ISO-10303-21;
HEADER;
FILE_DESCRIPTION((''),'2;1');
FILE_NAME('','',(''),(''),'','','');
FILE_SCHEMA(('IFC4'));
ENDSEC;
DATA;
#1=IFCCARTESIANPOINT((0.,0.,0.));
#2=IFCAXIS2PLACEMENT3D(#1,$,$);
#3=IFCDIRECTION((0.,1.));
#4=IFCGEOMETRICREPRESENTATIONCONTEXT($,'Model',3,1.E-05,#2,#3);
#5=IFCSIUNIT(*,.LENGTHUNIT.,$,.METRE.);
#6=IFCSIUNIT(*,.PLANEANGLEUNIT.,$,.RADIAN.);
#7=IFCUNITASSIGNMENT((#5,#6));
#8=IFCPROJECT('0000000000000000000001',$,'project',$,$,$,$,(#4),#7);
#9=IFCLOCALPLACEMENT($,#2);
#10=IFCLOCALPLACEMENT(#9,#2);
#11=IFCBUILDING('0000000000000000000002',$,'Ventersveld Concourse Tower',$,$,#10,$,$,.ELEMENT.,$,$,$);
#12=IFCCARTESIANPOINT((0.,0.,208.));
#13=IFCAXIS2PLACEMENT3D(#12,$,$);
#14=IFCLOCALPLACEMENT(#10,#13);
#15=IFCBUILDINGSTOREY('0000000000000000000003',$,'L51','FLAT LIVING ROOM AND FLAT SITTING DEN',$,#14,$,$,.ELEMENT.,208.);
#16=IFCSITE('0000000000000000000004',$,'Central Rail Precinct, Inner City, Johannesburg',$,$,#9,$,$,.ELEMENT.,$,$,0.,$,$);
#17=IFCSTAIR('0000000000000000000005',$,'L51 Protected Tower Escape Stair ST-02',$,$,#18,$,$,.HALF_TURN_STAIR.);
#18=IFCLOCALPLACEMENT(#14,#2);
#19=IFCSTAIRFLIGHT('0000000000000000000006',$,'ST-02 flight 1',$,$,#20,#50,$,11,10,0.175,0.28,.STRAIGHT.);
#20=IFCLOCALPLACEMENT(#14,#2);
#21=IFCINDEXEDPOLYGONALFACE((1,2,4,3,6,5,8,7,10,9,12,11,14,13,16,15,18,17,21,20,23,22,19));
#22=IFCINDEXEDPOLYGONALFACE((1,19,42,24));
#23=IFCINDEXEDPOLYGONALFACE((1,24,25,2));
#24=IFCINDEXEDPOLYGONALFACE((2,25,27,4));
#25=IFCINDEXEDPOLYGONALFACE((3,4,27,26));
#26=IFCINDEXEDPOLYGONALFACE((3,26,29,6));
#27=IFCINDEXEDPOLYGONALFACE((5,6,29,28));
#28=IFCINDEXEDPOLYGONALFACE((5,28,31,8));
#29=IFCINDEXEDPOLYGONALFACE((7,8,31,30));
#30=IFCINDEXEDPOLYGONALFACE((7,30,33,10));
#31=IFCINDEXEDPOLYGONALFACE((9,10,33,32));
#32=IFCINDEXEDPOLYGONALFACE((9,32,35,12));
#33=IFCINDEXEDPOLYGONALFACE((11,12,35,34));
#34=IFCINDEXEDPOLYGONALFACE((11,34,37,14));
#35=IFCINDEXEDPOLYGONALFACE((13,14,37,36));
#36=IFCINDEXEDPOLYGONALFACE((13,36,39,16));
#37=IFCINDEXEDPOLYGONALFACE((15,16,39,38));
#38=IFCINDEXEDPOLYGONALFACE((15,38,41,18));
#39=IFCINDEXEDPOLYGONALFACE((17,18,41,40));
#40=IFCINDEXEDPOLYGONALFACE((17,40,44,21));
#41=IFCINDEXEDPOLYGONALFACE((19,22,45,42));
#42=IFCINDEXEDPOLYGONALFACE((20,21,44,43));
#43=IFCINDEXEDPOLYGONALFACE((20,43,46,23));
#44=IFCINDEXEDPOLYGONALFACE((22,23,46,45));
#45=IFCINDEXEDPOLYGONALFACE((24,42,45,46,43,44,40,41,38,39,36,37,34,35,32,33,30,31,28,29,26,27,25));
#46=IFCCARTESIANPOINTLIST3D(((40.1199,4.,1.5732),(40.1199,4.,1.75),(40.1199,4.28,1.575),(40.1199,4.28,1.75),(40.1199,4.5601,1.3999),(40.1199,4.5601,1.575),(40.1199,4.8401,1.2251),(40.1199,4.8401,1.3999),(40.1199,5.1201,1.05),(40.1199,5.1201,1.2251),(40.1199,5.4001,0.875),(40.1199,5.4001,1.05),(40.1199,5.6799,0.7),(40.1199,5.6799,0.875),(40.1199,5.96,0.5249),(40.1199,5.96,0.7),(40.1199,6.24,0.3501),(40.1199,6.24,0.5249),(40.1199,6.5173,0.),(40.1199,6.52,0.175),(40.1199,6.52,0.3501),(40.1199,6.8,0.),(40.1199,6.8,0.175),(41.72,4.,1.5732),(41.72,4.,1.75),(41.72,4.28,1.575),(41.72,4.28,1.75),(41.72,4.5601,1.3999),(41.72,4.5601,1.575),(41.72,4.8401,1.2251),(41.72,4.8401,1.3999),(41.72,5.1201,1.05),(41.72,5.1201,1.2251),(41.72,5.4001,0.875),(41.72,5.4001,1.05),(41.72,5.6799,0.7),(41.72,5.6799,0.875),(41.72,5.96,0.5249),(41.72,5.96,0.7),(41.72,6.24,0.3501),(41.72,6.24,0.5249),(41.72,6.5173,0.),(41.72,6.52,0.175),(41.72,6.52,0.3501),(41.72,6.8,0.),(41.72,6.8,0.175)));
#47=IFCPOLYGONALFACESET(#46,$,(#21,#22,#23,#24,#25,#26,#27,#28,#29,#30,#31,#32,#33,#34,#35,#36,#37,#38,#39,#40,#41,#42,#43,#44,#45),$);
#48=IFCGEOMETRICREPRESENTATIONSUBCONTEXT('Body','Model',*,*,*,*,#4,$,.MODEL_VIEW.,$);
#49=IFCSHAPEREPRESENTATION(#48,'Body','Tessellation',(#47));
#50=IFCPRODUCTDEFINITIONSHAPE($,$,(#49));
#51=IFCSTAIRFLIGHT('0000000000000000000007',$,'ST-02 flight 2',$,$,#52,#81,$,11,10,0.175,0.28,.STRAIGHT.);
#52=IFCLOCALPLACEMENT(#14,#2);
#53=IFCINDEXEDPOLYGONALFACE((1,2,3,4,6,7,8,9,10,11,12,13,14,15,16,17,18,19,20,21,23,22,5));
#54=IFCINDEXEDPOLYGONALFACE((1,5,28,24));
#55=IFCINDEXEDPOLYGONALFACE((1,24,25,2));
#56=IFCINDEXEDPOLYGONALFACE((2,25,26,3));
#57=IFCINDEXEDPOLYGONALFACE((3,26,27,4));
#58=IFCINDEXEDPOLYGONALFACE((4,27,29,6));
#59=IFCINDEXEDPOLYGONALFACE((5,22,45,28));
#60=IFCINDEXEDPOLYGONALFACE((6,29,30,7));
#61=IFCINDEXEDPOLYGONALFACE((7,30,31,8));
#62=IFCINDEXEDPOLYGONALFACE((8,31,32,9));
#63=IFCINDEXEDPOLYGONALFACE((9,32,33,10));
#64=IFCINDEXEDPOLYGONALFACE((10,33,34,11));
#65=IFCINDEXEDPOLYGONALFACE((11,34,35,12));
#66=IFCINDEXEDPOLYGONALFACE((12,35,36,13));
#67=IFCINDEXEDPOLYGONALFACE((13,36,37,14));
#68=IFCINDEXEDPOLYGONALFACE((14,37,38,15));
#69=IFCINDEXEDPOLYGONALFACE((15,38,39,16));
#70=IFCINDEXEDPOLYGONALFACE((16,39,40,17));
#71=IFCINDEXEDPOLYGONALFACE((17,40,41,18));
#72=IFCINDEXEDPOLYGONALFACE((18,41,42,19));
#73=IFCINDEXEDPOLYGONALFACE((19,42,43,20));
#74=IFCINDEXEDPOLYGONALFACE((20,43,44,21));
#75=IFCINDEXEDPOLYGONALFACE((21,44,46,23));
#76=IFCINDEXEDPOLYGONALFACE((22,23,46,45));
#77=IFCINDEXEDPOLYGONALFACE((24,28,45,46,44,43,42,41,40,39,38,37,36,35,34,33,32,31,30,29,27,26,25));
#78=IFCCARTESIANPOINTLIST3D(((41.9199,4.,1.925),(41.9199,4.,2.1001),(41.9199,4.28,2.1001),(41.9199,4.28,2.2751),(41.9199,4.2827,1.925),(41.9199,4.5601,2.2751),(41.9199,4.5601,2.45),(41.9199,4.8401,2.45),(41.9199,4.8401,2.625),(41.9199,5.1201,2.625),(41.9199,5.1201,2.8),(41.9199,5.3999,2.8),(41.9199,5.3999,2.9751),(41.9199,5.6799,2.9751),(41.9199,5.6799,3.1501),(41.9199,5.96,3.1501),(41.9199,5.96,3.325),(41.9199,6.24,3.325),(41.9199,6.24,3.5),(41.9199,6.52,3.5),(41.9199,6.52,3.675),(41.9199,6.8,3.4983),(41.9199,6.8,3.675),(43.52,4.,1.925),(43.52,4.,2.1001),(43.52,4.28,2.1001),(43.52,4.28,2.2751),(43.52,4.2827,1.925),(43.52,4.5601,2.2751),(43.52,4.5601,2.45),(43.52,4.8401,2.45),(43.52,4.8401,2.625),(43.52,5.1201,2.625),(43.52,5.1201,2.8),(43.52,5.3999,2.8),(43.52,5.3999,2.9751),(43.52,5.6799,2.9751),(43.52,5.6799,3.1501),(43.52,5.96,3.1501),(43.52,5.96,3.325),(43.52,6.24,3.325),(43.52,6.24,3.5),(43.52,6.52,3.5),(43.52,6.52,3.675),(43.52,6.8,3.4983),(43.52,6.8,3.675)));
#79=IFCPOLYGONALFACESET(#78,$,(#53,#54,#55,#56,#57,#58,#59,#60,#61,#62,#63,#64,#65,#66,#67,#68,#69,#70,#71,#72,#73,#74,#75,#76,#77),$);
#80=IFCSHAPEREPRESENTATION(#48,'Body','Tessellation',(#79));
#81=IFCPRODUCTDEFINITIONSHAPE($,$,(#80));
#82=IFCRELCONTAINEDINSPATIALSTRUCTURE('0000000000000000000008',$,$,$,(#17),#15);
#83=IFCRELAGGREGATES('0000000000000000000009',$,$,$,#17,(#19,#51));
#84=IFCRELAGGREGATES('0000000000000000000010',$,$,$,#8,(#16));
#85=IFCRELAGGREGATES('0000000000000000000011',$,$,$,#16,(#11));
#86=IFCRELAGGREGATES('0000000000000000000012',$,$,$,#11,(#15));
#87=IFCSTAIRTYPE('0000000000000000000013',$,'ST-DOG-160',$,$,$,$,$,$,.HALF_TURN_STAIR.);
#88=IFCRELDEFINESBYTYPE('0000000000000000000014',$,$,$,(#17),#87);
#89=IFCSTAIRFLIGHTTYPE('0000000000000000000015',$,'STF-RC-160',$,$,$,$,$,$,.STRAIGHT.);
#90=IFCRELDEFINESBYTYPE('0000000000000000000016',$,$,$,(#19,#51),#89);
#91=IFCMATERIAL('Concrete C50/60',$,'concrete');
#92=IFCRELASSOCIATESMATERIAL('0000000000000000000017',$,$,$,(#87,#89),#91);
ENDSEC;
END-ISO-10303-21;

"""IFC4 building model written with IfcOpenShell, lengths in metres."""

from ifc_helpers import new_model, si_unit, direction, frame, origin, place, context, subcontext, project, spatial, polyline, outline, extrude, material, type_object, element, aggregate, save


model = new_model("IFC4")

# Units and contexts
model_context = context("Model", 3, precision=1e-05, world=origin(), true_north=direction((0.0, 1.0)))
body_context = subcontext(model_context, "Body", "Model", "MODEL_VIEW")
ifc_project = project(units=[si_unit("LENGTHUNIT", "METRE"), si_unit("PLANEANGLEUNIT", "RADIAN")], contexts=[model_context])

# Site, building, storey
site_placement = place(None, origin())
site = spatial("IfcSite", under=ifc_project, at=site_placement, Name="Central Rail Precinct, Inner City, Johannesburg", CompositionType="ELEMENT", RefElevation=0.0)
building_placement = place(site_placement, origin())
building = spatial("IfcBuilding", under=site, at=building_placement, Name="Ventersveld Concourse Tower", CompositionType="ELEMENT")
storey_placement = place(building_placement, frame((0.0, 0.0, 208.0)))
storey = spatial("IfcBuildingStorey", under=building, at=storey_placement, Name="L51", Description="FLAT LIVING ROOM AND FLAT SITTING DEN", CompositionType="ELEMENT", Elevation=208.0)

# Shared definitions
ifc_material_1 = material(Name="Concrete C50/60", Category="concrete")

# Stair, stair flights
stair_type = type_object("IfcStairType", Name="ST-DOG-160", PredefinedType="HALF_TURN_STAIR", material=ifc_material_1)
stair_placement = place(storey_placement, origin())
stair = element("IfcStair", 1, at=stair_placement, inside=storey, type_object=stair_type, Name="L51 Protected Tower Escape Stair ST-02", PredefinedType="HALF_TURN_STAIR")
stair_flight_type = type_object("IfcStairFlightType", Name="STF-RC-160", PredefinedType="STRAIGHT", material=ifc_material_1)
stair_flight_1_placement = place(storey_placement, frame((40.9199, 6.8, 0.0), z_axis=(0.0, 0.0, 1.0), x_axis=(0.0, -1.0, 0.0)))
stair_flight_1 = element("IfcStairFlight", 2, at=stair_flight_1_placement, type_object=stair_flight_type, Name="ST-02 flight 1", NumberOfRisers=11, NumberOfTreads=10, PredefinedType="STRAIGHT", RiserHeight=0.175, TreadLength=0.28, context=body_context, shape_type="SweptSolid", body=[
    extrude(outline(polyline([(0.0, 0.0), (0.0, 0.175), (0.28, 0.175), (0.28, 0.3501), (0.5601, 0.3501), (0.5601, 0.5249), (0.8401, 0.5249), (0.8401, 0.7), (1.1201, 0.7), (1.1201, 0.875), (1.3999, 0.875), (1.3999, 1.05), (1.6799, 1.05), (1.6799, 1.2251), (1.96, 1.2251), (1.96, 1.3999), (2.24, 1.3999), (2.24, 1.575), (2.52, 1.575), (2.52, 1.75), (2.8, 1.75), (2.8, 1.925), (2.8, 1.5732), (0.2827, 0.0), (0.0, 0.0)])), frame((0.0, 0.8, 0.0), z_axis=(0.0, -1.0, 0.0), x_axis=(1.0, 0.0, 0.0)), (0.0, 0.0, 1.0), 1.6001),
])
stair_flight_2_placement = place(storey_placement, frame((42.72, 4.0, 1.925), z_axis=(0.0, 0.0, 1.0), x_axis=(0.0, 1.0, 0.0)))
stair_flight_2 = element("IfcStairFlight", 3, at=stair_flight_2_placement, type_object=stair_flight_type, Name="ST-02 flight 2", NumberOfRisers=11, NumberOfTreads=10, PredefinedType="STRAIGHT", RiserHeight=0.175, TreadLength=0.28, context=body_context, shape_type="SweptSolid", body=[
    extrude(outline(polyline([(0.0, 0.0), (0.0, 0.175), (0.28, 0.175), (0.28, 0.3501), (0.5601, 0.3501), (0.5601, 0.5249), (0.8401, 0.5249), (0.8401, 0.7), (1.1201, 0.7), (1.1201, 0.875), (1.3999, 0.875), (1.3999, 1.05), (1.6799, 1.05), (1.6799, 1.2251), (1.96, 1.2251), (1.96, 1.3999), (2.24, 1.3999), (2.24, 1.575), (2.52, 1.575), (2.52, 1.75), (2.8, 1.75), (2.8, 1.925), (2.8, 1.5732), (0.2827, 0.0), (0.0, 0.0)])), frame((0.0, 0.8, 0.0), z_axis=(0.0, -1.0, 0.0), x_axis=(1.0, 0.0, 0.0)), (0.0, 0.0, 1.0), 1.6001),
])
aggregate(stair, [stair_flight_1, stair_flight_2])

save(model, "model.ifc")
